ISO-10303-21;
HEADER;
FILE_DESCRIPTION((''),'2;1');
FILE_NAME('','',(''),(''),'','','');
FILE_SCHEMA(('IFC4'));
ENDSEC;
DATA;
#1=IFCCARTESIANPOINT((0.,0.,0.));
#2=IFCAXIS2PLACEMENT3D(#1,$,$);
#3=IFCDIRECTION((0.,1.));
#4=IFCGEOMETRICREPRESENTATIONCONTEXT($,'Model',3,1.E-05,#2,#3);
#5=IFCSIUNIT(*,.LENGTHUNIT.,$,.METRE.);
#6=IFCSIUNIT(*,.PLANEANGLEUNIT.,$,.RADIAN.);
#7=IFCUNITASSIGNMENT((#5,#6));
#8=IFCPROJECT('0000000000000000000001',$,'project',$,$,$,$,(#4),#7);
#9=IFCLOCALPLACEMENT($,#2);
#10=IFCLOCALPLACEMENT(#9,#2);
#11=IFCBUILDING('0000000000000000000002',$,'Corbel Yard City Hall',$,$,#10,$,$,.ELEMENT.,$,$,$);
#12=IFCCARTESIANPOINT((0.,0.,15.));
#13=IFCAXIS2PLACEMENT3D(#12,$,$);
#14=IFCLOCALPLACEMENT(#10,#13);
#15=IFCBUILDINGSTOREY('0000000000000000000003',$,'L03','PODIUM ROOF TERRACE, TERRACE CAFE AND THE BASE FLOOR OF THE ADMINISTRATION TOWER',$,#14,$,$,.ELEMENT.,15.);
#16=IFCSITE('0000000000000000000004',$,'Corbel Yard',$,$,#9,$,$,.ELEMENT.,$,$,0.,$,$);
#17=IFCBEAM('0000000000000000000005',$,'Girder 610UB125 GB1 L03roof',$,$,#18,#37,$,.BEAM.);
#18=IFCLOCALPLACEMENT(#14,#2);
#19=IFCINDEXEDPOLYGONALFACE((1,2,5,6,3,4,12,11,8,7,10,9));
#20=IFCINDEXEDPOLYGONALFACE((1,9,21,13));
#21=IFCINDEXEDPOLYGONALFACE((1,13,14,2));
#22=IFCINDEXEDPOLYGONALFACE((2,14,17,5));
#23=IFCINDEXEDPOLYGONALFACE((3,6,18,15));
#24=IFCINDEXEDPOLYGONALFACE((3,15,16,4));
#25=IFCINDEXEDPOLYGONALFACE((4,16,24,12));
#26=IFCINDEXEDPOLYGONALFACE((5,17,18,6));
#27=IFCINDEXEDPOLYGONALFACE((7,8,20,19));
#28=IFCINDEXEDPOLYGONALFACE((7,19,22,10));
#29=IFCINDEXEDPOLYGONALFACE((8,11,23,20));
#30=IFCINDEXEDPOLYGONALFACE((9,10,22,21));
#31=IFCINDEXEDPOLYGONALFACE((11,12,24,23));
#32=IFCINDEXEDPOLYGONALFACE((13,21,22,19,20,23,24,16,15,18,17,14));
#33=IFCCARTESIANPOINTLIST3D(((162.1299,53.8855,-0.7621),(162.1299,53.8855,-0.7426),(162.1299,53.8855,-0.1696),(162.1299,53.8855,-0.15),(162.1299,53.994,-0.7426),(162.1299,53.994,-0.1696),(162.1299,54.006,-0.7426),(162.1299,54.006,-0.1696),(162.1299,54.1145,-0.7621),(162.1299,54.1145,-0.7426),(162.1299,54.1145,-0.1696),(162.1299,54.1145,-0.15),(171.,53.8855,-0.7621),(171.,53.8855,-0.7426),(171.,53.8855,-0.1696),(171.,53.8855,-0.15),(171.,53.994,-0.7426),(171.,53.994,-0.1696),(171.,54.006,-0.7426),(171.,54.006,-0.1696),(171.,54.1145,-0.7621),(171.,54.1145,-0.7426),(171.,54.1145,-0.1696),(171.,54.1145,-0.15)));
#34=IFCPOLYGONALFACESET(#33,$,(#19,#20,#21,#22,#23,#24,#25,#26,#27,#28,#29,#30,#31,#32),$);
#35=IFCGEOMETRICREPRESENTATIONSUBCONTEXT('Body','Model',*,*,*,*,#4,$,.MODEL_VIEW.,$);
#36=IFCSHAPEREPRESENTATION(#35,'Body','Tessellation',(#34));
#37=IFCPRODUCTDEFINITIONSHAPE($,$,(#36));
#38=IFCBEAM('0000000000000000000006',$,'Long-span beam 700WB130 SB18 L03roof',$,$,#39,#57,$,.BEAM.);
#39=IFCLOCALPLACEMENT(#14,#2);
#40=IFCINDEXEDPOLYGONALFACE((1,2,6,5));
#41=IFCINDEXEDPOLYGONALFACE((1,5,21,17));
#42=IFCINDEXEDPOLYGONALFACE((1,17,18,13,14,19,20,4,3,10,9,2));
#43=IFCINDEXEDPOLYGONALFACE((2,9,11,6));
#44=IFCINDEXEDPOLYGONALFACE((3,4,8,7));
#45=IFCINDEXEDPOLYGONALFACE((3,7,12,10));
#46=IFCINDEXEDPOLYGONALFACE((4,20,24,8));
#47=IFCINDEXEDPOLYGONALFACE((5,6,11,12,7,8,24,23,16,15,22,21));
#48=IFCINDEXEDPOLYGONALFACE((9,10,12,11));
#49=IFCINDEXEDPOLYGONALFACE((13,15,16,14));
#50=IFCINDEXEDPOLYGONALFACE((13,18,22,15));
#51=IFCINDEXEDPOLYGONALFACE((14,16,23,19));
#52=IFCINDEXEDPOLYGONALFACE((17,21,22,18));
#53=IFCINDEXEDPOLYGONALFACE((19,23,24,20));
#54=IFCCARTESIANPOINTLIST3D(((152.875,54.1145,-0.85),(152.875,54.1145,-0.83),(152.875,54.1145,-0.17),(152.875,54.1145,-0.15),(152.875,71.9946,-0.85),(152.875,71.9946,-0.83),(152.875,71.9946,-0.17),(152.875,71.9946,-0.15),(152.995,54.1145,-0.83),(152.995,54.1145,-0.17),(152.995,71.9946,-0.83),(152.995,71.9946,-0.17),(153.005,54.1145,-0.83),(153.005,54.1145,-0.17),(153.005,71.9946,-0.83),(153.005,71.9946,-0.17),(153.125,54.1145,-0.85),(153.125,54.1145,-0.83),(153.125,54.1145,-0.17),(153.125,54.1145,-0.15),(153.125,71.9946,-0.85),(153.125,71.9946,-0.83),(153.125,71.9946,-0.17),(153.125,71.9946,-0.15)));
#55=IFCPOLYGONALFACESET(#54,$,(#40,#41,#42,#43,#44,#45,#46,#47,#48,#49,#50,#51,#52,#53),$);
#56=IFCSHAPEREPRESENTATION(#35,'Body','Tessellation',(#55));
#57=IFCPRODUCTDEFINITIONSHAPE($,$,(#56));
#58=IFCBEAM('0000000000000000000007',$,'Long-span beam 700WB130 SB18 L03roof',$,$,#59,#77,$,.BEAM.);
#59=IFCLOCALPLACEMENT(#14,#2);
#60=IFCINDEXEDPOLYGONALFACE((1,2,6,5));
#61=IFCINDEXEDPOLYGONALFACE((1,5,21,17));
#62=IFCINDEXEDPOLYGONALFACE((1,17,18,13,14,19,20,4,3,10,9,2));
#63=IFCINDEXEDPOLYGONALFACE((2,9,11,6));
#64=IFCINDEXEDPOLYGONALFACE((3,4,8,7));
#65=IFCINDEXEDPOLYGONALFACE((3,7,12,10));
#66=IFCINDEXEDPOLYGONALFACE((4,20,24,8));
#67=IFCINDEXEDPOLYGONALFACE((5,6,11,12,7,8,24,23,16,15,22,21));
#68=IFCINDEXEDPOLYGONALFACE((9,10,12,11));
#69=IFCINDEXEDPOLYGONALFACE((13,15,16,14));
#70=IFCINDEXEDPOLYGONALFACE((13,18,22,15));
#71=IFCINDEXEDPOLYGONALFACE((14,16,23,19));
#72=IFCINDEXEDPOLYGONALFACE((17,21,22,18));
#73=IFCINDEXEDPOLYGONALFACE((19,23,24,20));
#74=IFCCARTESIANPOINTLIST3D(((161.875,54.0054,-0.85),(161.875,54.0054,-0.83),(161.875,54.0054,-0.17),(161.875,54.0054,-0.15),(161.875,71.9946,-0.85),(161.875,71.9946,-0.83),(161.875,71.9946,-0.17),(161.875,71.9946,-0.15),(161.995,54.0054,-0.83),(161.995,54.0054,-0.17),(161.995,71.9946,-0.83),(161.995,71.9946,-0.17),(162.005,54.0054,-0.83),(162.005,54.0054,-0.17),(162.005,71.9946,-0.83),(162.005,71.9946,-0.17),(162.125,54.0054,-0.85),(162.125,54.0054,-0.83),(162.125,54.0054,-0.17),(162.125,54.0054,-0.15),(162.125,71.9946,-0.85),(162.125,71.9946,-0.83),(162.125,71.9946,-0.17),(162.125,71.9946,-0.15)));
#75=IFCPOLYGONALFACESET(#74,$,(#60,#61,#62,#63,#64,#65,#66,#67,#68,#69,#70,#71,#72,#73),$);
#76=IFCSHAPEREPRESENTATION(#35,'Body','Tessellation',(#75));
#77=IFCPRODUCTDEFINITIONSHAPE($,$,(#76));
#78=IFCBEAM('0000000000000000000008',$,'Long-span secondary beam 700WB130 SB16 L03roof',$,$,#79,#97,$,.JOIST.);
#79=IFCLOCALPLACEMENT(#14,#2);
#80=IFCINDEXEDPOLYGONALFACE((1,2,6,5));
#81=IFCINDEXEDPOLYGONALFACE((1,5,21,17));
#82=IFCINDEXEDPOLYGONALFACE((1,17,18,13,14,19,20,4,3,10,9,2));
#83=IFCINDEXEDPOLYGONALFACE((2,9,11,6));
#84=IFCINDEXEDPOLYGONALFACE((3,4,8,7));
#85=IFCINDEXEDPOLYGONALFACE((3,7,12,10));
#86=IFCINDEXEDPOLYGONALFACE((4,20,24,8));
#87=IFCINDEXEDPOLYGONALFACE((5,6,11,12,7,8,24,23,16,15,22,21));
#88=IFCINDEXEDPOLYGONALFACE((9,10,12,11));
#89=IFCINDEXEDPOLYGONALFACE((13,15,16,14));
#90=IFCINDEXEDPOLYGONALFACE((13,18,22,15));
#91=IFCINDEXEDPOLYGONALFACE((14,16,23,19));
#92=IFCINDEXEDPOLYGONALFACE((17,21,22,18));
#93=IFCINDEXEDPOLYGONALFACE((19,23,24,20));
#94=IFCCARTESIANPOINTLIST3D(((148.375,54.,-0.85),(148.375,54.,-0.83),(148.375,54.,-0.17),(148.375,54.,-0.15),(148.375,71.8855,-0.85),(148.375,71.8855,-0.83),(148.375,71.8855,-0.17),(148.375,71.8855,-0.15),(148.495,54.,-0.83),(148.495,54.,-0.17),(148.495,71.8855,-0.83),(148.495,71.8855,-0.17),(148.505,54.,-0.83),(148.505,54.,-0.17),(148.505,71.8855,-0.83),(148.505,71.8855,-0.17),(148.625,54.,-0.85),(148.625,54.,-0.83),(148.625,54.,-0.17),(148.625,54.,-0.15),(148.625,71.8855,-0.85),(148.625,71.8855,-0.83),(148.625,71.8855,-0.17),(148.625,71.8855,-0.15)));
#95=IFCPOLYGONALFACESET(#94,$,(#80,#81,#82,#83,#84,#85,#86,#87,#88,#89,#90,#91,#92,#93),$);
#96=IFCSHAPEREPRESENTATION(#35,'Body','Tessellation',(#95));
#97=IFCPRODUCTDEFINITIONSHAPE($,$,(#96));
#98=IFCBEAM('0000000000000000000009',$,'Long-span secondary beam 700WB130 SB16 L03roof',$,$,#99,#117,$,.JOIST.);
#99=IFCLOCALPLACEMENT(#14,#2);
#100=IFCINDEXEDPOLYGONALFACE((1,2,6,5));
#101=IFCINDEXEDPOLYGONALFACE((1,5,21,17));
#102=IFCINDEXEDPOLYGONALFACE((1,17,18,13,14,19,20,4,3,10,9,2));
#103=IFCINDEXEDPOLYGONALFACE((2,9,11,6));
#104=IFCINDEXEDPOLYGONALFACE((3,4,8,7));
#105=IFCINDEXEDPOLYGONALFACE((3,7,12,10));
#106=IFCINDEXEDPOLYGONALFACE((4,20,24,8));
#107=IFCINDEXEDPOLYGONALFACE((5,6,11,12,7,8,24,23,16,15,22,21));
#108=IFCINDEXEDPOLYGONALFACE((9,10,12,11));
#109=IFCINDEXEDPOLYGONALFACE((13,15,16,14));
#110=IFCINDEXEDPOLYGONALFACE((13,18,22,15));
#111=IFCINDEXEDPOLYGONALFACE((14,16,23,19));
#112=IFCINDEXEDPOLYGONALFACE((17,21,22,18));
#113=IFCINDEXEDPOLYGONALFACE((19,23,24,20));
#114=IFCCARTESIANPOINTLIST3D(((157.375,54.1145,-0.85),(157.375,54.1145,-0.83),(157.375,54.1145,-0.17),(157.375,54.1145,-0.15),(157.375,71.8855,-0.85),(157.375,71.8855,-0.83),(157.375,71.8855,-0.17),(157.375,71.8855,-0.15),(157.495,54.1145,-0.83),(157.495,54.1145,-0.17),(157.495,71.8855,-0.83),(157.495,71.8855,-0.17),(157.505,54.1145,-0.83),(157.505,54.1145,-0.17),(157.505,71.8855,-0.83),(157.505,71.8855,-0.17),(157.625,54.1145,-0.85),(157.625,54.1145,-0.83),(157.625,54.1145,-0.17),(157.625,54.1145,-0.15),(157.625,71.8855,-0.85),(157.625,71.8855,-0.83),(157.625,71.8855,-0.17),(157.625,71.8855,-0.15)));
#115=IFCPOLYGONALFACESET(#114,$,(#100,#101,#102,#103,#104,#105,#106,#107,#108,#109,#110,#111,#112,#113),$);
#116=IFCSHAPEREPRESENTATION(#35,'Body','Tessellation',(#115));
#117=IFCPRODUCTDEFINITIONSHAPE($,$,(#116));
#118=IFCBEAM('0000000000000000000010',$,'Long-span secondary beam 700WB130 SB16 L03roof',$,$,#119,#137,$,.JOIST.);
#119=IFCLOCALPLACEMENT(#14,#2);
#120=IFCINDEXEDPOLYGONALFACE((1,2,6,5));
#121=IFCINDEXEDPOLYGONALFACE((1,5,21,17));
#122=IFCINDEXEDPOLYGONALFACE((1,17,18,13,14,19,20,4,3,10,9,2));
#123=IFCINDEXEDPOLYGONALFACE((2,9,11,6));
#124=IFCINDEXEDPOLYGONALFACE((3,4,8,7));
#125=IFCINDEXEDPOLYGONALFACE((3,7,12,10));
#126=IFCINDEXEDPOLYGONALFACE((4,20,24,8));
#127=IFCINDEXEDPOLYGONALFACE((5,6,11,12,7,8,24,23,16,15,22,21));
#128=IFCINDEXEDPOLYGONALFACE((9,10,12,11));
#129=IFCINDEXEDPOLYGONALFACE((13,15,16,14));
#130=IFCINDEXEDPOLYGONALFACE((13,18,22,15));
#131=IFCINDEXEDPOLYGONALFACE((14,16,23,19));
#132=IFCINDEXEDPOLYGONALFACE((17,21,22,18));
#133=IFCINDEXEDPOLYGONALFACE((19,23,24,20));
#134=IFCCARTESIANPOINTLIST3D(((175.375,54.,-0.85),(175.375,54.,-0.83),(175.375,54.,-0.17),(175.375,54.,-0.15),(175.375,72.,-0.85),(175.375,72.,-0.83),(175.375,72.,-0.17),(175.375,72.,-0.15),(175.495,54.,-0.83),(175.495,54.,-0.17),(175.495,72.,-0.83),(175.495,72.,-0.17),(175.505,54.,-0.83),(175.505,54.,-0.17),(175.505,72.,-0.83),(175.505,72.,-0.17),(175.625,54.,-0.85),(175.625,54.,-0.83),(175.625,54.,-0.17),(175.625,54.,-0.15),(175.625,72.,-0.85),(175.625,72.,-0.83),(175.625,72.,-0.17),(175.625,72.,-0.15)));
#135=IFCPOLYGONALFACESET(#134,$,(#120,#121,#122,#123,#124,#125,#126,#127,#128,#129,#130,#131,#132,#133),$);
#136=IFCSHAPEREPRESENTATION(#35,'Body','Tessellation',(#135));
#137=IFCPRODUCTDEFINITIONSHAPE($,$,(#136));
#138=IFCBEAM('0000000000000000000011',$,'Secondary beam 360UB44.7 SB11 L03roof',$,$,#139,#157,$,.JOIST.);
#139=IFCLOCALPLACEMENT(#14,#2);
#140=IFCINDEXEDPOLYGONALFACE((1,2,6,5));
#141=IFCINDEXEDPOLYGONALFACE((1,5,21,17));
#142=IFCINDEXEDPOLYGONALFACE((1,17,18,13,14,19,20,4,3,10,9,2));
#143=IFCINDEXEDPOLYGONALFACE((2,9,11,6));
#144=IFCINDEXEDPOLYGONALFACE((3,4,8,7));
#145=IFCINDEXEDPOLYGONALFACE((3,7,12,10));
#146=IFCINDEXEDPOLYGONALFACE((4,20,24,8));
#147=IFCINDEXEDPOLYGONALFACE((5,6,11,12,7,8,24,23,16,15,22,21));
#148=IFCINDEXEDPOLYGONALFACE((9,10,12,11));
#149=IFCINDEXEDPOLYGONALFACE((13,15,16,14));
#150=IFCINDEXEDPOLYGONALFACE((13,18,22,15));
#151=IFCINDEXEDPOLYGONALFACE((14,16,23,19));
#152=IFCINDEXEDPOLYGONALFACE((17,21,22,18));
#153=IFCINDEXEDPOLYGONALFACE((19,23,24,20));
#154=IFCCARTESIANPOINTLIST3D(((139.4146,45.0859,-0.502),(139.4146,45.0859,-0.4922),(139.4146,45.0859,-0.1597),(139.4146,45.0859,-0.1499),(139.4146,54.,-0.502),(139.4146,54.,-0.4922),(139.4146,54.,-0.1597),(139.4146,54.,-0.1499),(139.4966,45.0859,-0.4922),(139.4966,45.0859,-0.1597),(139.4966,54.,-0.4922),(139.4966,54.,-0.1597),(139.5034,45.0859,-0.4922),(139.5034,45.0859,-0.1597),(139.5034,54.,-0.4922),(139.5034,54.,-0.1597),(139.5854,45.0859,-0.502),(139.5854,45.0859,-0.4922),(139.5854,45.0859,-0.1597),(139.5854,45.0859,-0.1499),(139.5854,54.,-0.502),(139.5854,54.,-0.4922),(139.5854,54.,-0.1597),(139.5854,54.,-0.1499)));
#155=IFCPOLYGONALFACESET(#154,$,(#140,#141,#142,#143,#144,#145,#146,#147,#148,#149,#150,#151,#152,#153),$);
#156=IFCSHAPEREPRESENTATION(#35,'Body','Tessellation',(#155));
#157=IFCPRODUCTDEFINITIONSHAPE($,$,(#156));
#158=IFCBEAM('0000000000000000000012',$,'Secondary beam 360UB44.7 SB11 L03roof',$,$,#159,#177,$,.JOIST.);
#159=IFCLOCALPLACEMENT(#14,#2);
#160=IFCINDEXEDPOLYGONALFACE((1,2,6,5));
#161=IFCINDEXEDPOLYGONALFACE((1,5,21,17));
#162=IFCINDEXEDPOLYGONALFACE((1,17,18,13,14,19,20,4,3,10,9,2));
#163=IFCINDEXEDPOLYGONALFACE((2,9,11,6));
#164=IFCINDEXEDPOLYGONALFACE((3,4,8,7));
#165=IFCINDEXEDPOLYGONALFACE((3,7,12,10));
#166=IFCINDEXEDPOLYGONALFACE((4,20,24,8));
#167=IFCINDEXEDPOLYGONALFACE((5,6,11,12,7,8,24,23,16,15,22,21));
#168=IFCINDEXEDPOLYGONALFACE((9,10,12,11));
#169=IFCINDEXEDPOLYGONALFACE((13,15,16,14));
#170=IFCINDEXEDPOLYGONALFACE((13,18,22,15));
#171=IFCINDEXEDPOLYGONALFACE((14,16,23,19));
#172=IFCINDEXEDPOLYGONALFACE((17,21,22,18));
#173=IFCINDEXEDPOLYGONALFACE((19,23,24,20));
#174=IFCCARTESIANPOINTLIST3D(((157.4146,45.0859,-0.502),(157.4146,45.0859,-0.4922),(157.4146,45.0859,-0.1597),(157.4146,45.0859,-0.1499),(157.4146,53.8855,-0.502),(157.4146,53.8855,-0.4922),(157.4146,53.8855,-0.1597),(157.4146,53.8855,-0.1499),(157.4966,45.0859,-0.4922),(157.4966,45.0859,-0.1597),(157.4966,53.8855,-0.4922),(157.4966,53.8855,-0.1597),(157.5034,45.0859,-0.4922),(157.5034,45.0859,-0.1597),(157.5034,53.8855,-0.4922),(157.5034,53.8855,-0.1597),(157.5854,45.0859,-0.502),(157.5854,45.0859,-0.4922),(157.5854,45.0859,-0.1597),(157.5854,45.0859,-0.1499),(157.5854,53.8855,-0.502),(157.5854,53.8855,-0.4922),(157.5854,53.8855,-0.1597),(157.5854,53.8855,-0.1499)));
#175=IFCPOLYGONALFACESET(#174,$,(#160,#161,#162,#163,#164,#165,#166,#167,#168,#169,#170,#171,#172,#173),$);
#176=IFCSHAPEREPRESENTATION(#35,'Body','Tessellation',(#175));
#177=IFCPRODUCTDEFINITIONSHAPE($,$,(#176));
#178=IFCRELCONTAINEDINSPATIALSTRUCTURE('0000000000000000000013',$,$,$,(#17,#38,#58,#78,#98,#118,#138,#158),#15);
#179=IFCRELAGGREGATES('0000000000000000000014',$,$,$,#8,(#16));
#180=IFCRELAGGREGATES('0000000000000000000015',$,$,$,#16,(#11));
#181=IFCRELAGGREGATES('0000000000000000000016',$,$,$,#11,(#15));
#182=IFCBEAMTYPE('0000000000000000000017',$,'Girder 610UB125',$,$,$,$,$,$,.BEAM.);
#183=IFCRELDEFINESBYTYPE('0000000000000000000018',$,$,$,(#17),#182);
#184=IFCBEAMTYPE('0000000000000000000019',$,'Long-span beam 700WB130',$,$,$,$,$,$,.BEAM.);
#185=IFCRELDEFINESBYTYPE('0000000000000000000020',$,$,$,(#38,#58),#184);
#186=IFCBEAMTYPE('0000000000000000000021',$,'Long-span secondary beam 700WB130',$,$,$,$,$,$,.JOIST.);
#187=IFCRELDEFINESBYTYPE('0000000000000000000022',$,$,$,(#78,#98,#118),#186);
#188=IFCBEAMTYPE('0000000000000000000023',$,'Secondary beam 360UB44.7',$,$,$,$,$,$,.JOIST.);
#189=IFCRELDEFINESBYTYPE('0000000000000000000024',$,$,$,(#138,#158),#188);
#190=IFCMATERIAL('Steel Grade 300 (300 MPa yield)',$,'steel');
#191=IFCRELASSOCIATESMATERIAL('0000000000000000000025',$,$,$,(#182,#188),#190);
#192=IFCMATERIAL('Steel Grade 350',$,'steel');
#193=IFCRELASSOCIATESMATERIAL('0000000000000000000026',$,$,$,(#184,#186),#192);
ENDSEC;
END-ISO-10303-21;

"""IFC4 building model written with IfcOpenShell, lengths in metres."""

from ifc_helpers import new_model, si_unit, direction, frame, origin, origin_2d, place, context, subcontext, project, spatial, i_section, extrude, material, material_profile, profile_set, type_object, element, save


model = new_model("IFC4")

# Units and contexts
model_context = context("Model", 3, precision=1e-05, world=origin(), true_north=direction((0.0, 1.0)))
body_context = subcontext(model_context, "Body", "Model", "MODEL_VIEW")
ifc_project = project(units=[si_unit("LENGTHUNIT", "METRE"), si_unit("PLANEANGLEUNIT", "RADIAN")], contexts=[model_context])

# Site, building, storey
site_placement = place(None, origin())
site = spatial("IfcSite", under=ifc_project, at=site_placement, Name="Corbel Yard", CompositionType="ELEMENT", RefElevation=0.0)
building_placement = place(site_placement, origin())
building = spatial("IfcBuilding", under=site, at=building_placement, Name="Corbel Yard City Hall", CompositionType="ELEMENT")
storey_placement = place(building_placement, frame((0.0, 0.0, 15.0)))
storey = spatial("IfcBuildingStorey", under=building, at=storey_placement, Name="L03", Description="PODIUM ROOF TERRACE, TERRACE CAFE AND THE BASE FLOOR OF THE ADMINISTRATION TOWER", CompositionType="ELEMENT", Elevation=15.0)

# Beams
ifc_material_1 = material(Name="Steel Grade 300 (300 MPa yield)", Category="steel")
ifc_material_profile_1 = material_profile(ifc_material_1, i_section(OverallWidth=0.229, OverallDepth=0.6121, WebThickness=0.012, FlangeThickness=0.0195, at=origin_2d()), Name="610UB125")
ifc_profile_set_1 = profile_set([ifc_material_profile_1], Name="Steel Grade 300 (300 MPa yield)")
beam_type_1 = type_object("IfcBeamType", Name="Girder 610UB125", PredefinedType="BEAM", material=ifc_profile_set_1)
for number, where, z_axis, x_axis, name in (
    (1, (162.1299, 54.0, -0.4561), (1.0, 0.0, 0.0), (0.0, 1.0, 0.0), "Girder 610UB125 GB1 L03roof"),
):
    element("IfcBeam", number, at=place(storey_placement, frame(where, z_axis=z_axis, x_axis=x_axis)), inside=storey, type_object=beam_type_1, Name=name, PredefinedType="BEAM", context=body_context, shape_type="SweptSolid", body=[
        extrude(i_section(OverallWidth=0.229, OverallDepth=0.6121, WebThickness=0.012, FlangeThickness=0.0195, at=origin_2d()), origin(), (0.0, 0.0, 1.0), 8.8701),
    ])
ifc_material_2 = material(Name="Steel Grade 350", Category="steel")
ifc_material_profile_2 = material_profile(ifc_material_2, i_section(OverallWidth=0.25, OverallDepth=0.7, WebThickness=0.01, FlangeThickness=0.02, at=origin_2d()), Name="700WB130")
ifc_profile_set_2 = profile_set([ifc_material_profile_2], Name="Steel Grade 350")
beam_type_2 = type_object("IfcBeamType", Name="Long-span beam 700WB130", PredefinedType="BEAM", material=ifc_profile_set_2)
beam_1_placement = place(storey_placement, frame((153.0, 54.1145, -0.5), z_axis=(0.0, 1.0, 0.0), x_axis=(-1.0, 0.0, 0.0)))
element("IfcBeam", 2, at=beam_1_placement, inside=storey, type_object=beam_type_2, Name="Long-span beam 700WB130 SB18 L03roof", PredefinedType="BEAM", context=body_context, shape_type="SweptSolid", body=[
    extrude(i_section(OverallWidth=0.25, OverallDepth=0.7, WebThickness=0.01, FlangeThickness=0.02, at=origin_2d()), origin(), (0.0, 0.0, 1.0), 17.8801),
])
beam_2_placement = place(storey_placement, frame((162.0, 54.0054, -0.5), z_axis=(0.0, 1.0, 0.0), x_axis=(-1.0, 0.0, 0.0)))
element("IfcBeam", 3, at=beam_2_placement, inside=storey, type_object=beam_type_2, Name="Long-span beam 700WB130 SB18 L03roof", PredefinedType="BEAM", context=body_context, shape_type="SweptSolid", body=[
    extrude(i_section(OverallWidth=0.25, OverallDepth=0.7, WebThickness=0.01, FlangeThickness=0.02, at=origin_2d()), origin(), (0.0, 0.0, 1.0), 17.9893),
])
ifc_material_profile_3 = material_profile(ifc_material_2, i_section(OverallWidth=0.25, OverallDepth=0.7, WebThickness=0.01, FlangeThickness=0.02, at=origin_2d()), Name="700WB130")
ifc_profile_set_3 = profile_set([ifc_material_profile_3], Name="Steel Grade 350")
beam_type_3 = type_object("IfcBeamType", Name="Long-span secondary beam 700WB130", PredefinedType="JOIST", material=ifc_profile_set_3)
beam_3_placement = place(storey_placement, frame((148.5, 54.0, -0.5), z_axis=(0.0, 1.0, 0.0), x_axis=(-1.0, 0.0, 0.0)))
element("IfcBeam", 4, at=beam_3_placement, inside=storey, type_object=beam_type_3, Name="Long-span secondary beam 700WB130 SB16 L03roof", PredefinedType="JOIST", context=body_context, shape_type="SweptSolid", body=[
    extrude(i_section(OverallWidth=0.25, OverallDepth=0.7, WebThickness=0.01, FlangeThickness=0.02, at=origin_2d()), origin(), (0.0, 0.0, 1.0), 17.8855),
])
beam_4_placement = place(storey_placement, frame((157.5, 54.1145, -0.5), z_axis=(0.0, 1.0, 0.0), x_axis=(-1.0, 0.0, 0.0)))
element("IfcBeam", 5, at=beam_4_placement, inside=storey, type_object=beam_type_3, Name="Long-span secondary beam 700WB130 SB16 L03roof", PredefinedType="JOIST", context=body_context, shape_type="SweptSolid", body=[
    extrude(i_section(OverallWidth=0.25, OverallDepth=0.7, WebThickness=0.01, FlangeThickness=0.02, at=origin_2d()), origin(), (0.0, 0.0, 1.0), 17.771),
])
beam_5_placement = place(storey_placement, frame((175.5, 54.0, -0.5), z_axis=(0.0, 1.0, 0.0), x_axis=(-1.0, 0.0, 0.0)))
element("IfcBeam", 6, at=beam_5_placement, inside=storey, type_object=beam_type_3, Name="Long-span secondary beam 700WB130 SB16 L03roof", PredefinedType="JOIST", context=body_context, shape_type="SweptSolid", body=[
    extrude(i_section(OverallWidth=0.25, OverallDepth=0.7, WebThickness=0.01, FlangeThickness=0.02, at=origin_2d()), origin(), (0.0, 0.0, 1.0), 18.0),
])
ifc_material_profile_4 = material_profile(ifc_material_1, i_section(OverallWidth=0.1709, OverallDepth=0.3521, WebThickness=0.0068, FlangeThickness=0.0098, at=origin_2d()), Name="360UB44.7")
ifc_profile_set_4 = profile_set([ifc_material_profile_4], Name="Steel Grade 300 (300 MPa yield)")
beam_type_4 = type_object("IfcBeamType", Name="Secondary beam 360UB44.7", PredefinedType="JOIST", material=ifc_profile_set_4)
beam_6_placement = place(storey_placement, frame((139.5, 45.0859, -0.3259), z_axis=(0.0, 1.0, 0.0), x_axis=(-1.0, 0.0, 0.0)))
element("IfcBeam", 7, at=beam_6_placement, inside=storey, type_object=beam_type_4, Name="Secondary beam 360UB44.7 SB11 L03roof", PredefinedType="JOIST", context=body_context, shape_type="SweptSolid", body=[
    extrude(i_section(OverallWidth=0.1709, OverallDepth=0.3521, WebThickness=0.0068, FlangeThickness=0.0098, at=origin_2d()), origin(), (0.0, 0.0, 1.0), 8.9141),
])
beam_7_placement = place(storey_placement, frame((157.5, 45.0859, -0.3259), z_axis=(0.0, 1.0, 0.0), x_axis=(-1.0, 0.0, 0.0)))
element("IfcBeam", 8, at=beam_7_placement, inside=storey, type_object=beam_type_4, Name="Secondary beam 360UB44.7 SB11 L03roof", PredefinedType="JOIST", context=body_context, shape_type="SweptSolid", body=[
    extrude(i_section(OverallWidth=0.1709, OverallDepth=0.3521, WebThickness=0.0068, FlangeThickness=0.0098, at=origin_2d()), origin(), (0.0, 0.0, 1.0), 8.7996),
])

save(model, "model.ifc")
